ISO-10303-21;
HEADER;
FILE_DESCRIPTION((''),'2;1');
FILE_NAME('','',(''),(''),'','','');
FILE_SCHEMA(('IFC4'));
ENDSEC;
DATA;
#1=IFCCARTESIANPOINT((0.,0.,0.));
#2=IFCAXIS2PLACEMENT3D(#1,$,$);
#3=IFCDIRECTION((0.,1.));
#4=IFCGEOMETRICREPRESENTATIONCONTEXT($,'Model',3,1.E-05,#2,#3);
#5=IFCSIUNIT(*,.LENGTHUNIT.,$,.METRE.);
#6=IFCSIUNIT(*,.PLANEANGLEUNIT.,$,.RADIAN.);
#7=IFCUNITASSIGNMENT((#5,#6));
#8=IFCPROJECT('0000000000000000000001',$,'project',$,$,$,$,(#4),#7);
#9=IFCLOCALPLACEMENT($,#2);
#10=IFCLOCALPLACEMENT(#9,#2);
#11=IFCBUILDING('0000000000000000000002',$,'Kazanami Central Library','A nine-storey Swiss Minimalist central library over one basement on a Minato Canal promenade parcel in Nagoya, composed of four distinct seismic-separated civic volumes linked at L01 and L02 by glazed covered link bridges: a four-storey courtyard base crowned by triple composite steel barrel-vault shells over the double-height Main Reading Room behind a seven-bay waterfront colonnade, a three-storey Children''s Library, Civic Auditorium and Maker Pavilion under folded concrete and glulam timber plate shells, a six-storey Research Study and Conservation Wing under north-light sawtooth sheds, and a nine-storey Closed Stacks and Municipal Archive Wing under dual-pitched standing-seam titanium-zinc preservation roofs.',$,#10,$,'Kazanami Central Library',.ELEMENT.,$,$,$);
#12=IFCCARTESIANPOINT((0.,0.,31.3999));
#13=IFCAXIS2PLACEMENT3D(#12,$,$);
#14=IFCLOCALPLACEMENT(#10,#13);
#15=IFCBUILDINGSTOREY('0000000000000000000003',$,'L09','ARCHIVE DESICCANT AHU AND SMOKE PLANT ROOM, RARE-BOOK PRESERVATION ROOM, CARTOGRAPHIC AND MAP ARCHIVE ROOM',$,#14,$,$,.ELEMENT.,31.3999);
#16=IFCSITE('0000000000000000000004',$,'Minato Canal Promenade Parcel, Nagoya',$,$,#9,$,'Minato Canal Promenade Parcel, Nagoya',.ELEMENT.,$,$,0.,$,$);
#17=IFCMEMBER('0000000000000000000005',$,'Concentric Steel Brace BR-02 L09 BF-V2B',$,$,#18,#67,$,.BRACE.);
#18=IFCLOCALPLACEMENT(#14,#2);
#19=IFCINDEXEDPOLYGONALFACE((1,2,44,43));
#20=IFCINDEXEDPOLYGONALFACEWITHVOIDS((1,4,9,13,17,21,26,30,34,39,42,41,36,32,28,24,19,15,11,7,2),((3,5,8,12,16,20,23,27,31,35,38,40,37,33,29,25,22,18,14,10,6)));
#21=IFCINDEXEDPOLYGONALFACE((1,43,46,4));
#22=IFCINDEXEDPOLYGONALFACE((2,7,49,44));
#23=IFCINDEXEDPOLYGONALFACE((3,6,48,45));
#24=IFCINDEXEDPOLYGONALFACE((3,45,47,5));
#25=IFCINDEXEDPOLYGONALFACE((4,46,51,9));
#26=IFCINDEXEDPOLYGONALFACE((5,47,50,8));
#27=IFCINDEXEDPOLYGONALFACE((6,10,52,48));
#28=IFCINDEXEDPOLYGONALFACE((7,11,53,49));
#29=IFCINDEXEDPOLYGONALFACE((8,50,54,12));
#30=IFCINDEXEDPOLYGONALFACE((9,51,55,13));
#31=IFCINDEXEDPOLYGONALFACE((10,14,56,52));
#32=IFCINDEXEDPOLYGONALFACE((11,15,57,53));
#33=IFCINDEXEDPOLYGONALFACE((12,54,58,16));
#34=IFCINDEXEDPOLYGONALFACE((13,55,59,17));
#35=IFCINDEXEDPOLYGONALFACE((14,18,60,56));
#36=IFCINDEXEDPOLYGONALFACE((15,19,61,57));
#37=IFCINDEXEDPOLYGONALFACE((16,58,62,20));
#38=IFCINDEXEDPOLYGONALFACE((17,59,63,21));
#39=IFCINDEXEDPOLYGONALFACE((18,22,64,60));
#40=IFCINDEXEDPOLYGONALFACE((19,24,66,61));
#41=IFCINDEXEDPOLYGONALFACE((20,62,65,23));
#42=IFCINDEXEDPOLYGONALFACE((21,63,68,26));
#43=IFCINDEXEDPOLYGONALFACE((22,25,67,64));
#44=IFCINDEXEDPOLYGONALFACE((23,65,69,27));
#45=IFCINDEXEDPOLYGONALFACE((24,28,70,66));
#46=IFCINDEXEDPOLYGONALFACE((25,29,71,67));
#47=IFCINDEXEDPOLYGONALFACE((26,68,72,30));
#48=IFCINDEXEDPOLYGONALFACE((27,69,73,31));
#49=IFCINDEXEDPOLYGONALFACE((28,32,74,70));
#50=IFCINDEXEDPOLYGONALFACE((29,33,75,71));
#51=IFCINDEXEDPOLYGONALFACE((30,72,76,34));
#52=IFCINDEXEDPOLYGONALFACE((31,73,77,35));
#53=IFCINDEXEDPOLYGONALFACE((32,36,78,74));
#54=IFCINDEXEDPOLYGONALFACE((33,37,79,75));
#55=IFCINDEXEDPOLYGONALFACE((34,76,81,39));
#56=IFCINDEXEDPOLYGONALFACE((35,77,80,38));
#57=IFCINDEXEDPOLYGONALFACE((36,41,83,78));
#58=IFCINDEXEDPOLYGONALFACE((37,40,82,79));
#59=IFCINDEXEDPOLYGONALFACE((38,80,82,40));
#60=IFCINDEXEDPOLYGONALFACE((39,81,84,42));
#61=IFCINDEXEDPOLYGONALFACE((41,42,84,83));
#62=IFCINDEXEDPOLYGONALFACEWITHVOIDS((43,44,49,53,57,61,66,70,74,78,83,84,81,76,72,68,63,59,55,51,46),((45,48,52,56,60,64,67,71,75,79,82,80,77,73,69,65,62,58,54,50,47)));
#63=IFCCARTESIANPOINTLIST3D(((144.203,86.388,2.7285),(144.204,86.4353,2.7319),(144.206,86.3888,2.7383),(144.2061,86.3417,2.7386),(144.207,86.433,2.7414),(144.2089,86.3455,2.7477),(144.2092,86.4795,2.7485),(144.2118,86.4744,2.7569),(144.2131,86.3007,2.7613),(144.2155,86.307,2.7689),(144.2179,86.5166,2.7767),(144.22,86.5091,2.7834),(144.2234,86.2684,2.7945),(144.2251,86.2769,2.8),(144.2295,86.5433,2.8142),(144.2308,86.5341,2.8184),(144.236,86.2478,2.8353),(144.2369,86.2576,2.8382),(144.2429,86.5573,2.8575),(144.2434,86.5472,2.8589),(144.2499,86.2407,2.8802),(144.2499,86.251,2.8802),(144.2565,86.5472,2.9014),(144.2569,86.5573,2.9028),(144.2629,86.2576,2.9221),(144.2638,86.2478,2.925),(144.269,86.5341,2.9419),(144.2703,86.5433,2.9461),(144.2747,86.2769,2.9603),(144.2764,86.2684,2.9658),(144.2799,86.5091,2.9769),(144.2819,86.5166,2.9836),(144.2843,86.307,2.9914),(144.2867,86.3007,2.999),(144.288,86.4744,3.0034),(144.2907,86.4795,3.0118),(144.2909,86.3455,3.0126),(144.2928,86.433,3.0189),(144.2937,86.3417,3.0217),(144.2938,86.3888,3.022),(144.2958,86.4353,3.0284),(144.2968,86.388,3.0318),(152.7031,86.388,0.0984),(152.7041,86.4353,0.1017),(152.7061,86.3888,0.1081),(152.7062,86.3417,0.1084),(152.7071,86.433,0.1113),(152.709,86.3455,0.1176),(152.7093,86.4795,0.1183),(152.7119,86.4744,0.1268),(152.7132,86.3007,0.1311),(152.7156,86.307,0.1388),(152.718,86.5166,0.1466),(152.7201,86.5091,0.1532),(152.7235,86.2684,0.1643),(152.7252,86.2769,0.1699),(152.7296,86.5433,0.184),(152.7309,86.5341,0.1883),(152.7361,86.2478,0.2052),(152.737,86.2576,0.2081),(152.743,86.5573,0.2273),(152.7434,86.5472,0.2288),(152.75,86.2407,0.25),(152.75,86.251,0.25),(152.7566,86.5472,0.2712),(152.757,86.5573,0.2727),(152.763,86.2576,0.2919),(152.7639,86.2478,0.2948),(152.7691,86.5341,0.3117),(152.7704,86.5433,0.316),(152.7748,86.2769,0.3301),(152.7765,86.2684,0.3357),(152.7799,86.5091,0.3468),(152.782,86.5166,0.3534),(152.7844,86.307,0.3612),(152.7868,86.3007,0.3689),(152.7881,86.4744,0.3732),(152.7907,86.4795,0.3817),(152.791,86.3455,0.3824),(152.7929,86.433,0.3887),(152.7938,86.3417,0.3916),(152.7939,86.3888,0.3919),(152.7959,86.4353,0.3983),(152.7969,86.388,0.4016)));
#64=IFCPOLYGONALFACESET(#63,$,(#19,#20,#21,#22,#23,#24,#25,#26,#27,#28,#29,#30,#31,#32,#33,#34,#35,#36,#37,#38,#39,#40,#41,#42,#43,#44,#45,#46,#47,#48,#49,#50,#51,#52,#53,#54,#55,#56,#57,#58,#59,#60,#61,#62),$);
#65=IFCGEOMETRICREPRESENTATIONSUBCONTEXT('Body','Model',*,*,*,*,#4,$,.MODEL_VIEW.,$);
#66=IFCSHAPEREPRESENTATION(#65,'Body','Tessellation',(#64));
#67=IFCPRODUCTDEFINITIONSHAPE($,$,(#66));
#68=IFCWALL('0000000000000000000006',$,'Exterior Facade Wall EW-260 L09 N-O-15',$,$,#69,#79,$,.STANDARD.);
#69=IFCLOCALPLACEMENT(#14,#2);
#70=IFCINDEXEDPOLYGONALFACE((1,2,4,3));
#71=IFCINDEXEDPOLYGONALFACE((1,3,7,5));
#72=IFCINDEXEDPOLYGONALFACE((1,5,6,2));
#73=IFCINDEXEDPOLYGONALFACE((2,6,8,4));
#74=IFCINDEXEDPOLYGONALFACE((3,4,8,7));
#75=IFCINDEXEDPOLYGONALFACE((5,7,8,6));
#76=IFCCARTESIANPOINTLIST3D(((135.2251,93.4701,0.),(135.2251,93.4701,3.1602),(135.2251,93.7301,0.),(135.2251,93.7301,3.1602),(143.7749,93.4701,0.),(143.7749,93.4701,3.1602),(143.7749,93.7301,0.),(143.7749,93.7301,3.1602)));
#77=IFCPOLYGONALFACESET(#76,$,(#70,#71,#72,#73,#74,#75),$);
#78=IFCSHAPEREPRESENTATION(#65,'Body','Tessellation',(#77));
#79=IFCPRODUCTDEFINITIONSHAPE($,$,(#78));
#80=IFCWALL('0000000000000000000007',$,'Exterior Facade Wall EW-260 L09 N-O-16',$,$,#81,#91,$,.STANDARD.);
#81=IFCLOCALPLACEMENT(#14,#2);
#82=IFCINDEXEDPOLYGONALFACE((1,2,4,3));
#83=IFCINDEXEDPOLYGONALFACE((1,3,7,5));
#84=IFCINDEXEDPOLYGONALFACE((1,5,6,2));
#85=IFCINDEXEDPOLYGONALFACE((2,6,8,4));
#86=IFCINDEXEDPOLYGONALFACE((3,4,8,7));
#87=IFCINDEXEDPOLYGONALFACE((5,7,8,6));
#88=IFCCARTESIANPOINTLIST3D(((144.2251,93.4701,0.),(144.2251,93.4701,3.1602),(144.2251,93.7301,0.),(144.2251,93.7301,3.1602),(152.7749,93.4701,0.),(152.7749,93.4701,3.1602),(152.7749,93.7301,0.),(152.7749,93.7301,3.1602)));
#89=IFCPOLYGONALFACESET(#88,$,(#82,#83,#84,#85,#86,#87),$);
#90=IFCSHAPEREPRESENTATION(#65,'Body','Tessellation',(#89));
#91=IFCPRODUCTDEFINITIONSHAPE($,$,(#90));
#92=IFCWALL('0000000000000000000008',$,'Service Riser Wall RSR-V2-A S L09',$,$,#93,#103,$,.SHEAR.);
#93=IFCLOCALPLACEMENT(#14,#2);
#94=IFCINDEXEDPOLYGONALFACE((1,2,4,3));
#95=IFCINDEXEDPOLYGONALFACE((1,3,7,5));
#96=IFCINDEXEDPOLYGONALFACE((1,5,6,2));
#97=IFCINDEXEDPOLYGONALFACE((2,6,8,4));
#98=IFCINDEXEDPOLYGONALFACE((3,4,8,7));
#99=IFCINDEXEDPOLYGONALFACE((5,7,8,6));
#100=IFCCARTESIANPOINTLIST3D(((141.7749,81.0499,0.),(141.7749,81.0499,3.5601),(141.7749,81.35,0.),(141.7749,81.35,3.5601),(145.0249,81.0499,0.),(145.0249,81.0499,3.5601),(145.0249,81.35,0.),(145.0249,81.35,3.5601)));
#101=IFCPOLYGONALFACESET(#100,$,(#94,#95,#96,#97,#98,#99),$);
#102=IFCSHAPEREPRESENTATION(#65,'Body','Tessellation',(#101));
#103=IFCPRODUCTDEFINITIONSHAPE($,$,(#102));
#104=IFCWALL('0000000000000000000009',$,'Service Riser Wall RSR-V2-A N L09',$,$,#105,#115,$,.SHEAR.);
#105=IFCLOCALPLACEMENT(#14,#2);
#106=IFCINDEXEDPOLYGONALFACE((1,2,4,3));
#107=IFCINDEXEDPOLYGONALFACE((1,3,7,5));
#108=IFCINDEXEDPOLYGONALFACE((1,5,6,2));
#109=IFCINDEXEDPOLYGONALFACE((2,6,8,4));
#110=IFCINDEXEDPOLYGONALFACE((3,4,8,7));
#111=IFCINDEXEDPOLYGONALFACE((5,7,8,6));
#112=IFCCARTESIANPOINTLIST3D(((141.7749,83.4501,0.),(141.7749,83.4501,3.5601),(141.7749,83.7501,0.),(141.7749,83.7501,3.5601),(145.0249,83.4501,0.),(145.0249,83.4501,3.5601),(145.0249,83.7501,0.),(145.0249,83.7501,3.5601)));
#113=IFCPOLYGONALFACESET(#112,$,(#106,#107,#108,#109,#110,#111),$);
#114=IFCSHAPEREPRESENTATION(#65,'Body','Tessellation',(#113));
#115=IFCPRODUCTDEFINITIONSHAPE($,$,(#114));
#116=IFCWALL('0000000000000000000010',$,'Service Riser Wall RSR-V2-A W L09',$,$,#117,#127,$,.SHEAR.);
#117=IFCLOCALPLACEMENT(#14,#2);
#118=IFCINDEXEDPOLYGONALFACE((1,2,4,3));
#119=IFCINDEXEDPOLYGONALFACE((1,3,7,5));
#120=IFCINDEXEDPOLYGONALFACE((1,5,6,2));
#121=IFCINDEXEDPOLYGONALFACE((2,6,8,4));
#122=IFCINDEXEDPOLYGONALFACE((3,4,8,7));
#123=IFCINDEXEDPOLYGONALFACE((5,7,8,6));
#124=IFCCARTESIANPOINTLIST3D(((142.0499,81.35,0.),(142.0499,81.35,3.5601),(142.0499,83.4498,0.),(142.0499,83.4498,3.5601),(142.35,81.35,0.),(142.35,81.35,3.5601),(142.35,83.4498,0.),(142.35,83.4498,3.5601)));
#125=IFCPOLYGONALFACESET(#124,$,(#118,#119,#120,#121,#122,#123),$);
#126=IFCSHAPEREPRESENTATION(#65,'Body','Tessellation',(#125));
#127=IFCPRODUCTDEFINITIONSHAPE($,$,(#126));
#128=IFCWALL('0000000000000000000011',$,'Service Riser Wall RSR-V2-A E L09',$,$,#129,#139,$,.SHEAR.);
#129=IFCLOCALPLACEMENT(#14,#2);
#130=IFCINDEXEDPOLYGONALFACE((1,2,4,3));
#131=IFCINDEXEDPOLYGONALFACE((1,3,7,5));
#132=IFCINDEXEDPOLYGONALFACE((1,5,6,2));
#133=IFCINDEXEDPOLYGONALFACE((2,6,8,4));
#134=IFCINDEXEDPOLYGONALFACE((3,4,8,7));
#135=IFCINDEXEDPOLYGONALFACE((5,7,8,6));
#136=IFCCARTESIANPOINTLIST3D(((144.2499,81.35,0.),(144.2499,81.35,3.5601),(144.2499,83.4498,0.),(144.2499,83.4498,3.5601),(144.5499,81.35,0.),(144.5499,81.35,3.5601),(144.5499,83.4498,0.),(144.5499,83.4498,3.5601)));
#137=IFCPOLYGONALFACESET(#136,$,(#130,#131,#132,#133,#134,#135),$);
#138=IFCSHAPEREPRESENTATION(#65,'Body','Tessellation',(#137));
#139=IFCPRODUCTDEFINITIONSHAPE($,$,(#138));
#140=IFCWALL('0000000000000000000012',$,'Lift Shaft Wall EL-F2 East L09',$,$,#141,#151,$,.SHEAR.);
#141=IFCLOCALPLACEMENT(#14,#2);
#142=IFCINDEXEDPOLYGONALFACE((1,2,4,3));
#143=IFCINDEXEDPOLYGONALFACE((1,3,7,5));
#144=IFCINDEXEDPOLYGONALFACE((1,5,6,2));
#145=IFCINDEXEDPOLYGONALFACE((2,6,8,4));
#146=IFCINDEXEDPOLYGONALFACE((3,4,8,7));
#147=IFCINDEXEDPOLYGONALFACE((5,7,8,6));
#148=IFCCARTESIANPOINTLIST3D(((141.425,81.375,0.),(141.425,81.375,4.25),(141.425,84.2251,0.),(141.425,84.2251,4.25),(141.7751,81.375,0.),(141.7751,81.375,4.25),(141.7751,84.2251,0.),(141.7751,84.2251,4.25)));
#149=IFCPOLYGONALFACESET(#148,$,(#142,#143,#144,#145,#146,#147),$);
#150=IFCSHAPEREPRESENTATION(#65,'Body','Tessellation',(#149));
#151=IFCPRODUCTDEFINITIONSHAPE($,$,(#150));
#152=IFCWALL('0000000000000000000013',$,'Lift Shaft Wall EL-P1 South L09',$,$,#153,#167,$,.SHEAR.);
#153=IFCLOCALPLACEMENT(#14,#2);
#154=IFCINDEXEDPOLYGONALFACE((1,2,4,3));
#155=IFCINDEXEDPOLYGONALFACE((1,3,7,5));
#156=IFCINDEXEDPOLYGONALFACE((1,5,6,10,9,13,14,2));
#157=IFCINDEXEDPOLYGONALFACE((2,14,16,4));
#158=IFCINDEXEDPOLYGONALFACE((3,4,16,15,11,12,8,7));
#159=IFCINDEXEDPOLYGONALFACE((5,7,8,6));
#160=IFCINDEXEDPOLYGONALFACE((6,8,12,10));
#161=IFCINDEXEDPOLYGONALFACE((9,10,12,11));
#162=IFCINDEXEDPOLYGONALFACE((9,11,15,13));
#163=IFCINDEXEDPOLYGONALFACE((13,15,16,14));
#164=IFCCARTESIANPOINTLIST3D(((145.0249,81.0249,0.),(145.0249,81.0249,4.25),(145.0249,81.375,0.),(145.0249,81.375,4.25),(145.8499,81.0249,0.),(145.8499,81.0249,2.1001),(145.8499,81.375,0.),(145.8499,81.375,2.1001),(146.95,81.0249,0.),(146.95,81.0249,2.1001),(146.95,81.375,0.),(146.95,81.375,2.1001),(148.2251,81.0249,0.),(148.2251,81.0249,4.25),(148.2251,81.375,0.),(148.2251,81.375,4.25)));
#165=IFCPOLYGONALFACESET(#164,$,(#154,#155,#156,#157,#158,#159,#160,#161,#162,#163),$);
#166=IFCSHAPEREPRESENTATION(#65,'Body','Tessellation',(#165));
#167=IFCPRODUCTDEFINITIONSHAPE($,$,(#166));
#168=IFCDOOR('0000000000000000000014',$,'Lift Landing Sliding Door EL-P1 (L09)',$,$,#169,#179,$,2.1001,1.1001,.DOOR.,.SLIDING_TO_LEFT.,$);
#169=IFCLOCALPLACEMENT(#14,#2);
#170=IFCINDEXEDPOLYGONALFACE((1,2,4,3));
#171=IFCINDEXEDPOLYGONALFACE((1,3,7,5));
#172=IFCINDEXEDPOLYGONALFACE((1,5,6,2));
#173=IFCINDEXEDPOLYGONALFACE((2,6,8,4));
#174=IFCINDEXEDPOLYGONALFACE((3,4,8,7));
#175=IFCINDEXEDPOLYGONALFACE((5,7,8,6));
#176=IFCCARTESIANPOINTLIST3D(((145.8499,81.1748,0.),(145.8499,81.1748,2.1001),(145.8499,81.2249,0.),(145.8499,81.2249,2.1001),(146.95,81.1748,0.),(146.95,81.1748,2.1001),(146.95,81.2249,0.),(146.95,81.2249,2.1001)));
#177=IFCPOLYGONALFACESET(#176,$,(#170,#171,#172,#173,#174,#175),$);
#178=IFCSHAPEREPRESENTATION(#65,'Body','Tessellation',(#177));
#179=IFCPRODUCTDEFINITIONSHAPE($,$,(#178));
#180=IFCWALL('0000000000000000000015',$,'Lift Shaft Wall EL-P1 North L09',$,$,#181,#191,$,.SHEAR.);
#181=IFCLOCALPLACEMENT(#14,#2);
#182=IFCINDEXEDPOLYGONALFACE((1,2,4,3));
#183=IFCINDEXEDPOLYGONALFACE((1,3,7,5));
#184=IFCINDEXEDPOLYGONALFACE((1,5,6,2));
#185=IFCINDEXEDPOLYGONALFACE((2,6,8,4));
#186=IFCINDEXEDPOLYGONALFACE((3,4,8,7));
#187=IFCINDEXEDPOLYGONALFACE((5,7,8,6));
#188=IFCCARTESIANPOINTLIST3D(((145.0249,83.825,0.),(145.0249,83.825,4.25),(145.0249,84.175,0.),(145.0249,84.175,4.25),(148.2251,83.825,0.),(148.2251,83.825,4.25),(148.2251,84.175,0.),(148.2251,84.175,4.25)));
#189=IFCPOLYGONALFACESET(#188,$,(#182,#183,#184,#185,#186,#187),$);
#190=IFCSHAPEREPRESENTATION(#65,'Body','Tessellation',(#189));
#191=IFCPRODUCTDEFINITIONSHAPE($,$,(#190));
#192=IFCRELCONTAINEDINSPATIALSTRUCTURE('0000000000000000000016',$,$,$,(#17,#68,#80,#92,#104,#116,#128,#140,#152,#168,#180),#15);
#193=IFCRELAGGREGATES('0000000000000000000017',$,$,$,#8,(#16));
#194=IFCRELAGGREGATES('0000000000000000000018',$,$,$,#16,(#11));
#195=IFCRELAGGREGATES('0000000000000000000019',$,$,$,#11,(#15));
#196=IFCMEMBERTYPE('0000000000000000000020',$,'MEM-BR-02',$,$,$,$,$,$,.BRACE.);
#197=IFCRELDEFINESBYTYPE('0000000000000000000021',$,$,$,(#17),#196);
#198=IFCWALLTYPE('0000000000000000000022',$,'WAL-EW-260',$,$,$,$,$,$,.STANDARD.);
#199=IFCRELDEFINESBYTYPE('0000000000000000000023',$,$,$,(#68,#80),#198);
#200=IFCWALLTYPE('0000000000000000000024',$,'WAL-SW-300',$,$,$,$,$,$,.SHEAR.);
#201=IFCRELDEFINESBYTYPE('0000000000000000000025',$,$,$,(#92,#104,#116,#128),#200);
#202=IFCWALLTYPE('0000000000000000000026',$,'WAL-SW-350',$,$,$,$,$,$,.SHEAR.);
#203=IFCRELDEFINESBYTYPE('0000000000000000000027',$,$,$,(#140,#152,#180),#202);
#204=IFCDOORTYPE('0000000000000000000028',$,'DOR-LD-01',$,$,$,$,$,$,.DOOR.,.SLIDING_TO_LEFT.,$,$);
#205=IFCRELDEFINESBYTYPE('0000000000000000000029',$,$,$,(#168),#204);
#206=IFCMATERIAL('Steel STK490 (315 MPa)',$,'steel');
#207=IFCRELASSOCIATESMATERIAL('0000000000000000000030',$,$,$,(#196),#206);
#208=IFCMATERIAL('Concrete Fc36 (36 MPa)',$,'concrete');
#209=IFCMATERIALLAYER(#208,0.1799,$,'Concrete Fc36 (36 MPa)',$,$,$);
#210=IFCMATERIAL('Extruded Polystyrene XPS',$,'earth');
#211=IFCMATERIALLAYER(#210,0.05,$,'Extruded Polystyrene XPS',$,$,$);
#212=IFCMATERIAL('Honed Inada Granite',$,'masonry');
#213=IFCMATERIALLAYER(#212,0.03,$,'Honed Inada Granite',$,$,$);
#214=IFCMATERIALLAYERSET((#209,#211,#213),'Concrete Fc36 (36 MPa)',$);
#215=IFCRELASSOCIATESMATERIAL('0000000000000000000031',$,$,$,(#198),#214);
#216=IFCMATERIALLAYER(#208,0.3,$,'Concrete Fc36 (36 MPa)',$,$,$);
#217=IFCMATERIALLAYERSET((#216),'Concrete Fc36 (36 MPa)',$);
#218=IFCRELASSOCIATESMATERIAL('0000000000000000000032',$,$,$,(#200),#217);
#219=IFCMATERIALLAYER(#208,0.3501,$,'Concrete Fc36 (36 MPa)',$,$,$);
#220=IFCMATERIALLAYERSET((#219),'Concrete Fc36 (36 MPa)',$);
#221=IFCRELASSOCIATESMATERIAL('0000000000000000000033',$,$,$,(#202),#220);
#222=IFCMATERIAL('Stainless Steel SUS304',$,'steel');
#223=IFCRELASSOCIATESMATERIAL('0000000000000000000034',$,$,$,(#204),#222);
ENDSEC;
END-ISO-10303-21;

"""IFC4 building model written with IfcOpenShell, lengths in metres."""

from ifc_helpers import new_model, si_unit, direction, frame, frame_2d, origin, origin_2d, place, context, subcontext, project, spatial, rectangle, hollow_circle, extrude, material, layer, layer_set, material_profile, profile_set, type_object, element, fill, save


model = new_model("IFC4")

# Units and contexts
model_context = context("Model", 3, precision=1e-05, world=origin(), true_north=direction((0.0, 1.0)))
body_context = subcontext(model_context, "Body", "Model", "MODEL_VIEW")
ifc_project = project(units=[si_unit("LENGTHUNIT", "METRE"), si_unit("PLANEANGLEUNIT", "RADIAN")], contexts=[model_context])

# Site, building, storey
site_placement = place(None, origin())
site = spatial("IfcSite", under=ifc_project, at=site_placement, Name="Minato Canal Promenade Parcel, Nagoya", LongName="Minato Canal Promenade Parcel, Nagoya", CompositionType="ELEMENT", RefElevation=0.0)
building_placement = place(site_placement, origin())
building = spatial("IfcBuilding", under=site, at=building_placement, Name="Kazanami Central Library", Description="A nine-storey Swiss Minimalist central library over one basement on a Minato Canal promenade parcel in Nagoya, composed of four distinct seismic-separated civic volumes linked at L01 and L02 by glazed covered link bridges: a four-storey courtyard base crowned by triple composite steel barrel-vault shells over the double-height Main Reading Room behind a seven-bay waterfront colonnade, a three-storey Children's Library, Civic Auditorium and Maker Pavilion under folded concrete and glulam timber plate shells, a six-storey Research Study and Conservation Wing under north-light sawtooth sheds, and a nine-storey Closed Stacks and Municipal Archive Wing under dual-pitched standing-seam titanium-zinc preservation roofs.", LongName="Kazanami Central Library", CompositionType="ELEMENT")
storey_placement = place(building_placement, frame((0.0, 0.0, 31.3999)))
storey = spatial("IfcBuildingStorey", under=building, at=storey_placement, Name="L09", Description="ARCHIVE DESICCANT AHU AND SMOKE PLANT ROOM, RARE-BOOK PRESERVATION ROOM, CARTOGRAPHIC AND MAP ARCHIVE ROOM", CompositionType="ELEMENT", Elevation=31.3999)

# Member
ifc_material_1 = material(Name="Steel STK490 (315 MPa)", Category="steel")
ifc_material_profile_1 = material_profile(ifc_material_1, hollow_circle(Radius=0.1592, WallThickness=0.0103, at=origin_2d()), Name="CHS-318.5x10.3")
ifc_profile_set_1 = profile_set([ifc_material_profile_1], Name="Steel STK490 (315 MPa)")
member_type = type_object("IfcMemberType", Name="MEM-BR-02", PredefinedType="BRACE", material=ifc_profile_set_1)
member_placement = place(storey_placement, frame((152.75, 86.3999, 0.25), z_axis=(-0.955312, 0.0, 0.295599), x_axis=(0.0, -1.0, 0.0)))
element("IfcMember", 1, at=member_placement, inside=storey, type_object=member_type, Name="Concentric Steel Brace BR-02 L09 BF-V2B", PredefinedType="BRACE", context=body_context, shape_type="SweptSolid", body=[
    extrude(hollow_circle(Radius=0.1592, WallThickness=0.0103, at=origin_2d()), origin(), (0.0, 0.0, 1.0), 8.8977),
])

# Walls
ifc_material_2 = material(Name="Concrete Fc36 (36 MPa)", Category="concrete")
ifc_layer_1 = layer(ifc_material_2, 0.1799, Name="Concrete Fc36 (36 MPa)")
ifc_material_3 = material(Name="Extruded Polystyrene XPS", Category="earth")
ifc_layer_2 = layer(ifc_material_3, 0.05, Name="Extruded Polystyrene XPS")
ifc_material_4 = material(Name="Honed Inada Granite", Category="masonry")
ifc_layer_3 = layer(ifc_material_4, 0.03, Name="Honed Inada Granite")
ifc_layer_set_1 = layer_set([ifc_layer_1, ifc_layer_2, ifc_layer_3], Name="Concrete Fc36 (36 MPa)")
wall_type_1 = type_object("IfcWallType", Name="WAL-EW-260", PredefinedType="STANDARD", material=ifc_layer_set_1)
for number, where, z_axis, x_axis, name in (
    (2, (143.7749, 93.6001, 0.0), (0.0, 0.0, 1.0), (-1.0, 0.0, 0.0), "Exterior Facade Wall EW-260 L09 N-O-15"),
    (3, (152.7749, 93.6001, 0.0), (0.0, 0.0, 1.0), (-1.0, 0.0, 0.0), "Exterior Facade Wall EW-260 L09 N-O-16"),
):
    element("IfcWall", number, at=place(storey_placement, frame(where, z_axis=z_axis, x_axis=x_axis)), inside=storey, type_object=wall_type_1, Name=name, PredefinedType="STANDARD", context=body_context, shape_type="SweptSolid", body=[
        extrude(rectangle(XDim=8.5498, YDim=0.26, at=frame_2d((4.2749, 0.0))), origin(), (0.0, 0.0, 1.0), 3.1602),
    ])
ifc_layer_4 = layer(ifc_material_2, 0.3, Name="Concrete Fc36 (36 MPa)")
ifc_layer_set_2 = layer_set([ifc_layer_4], Name="Concrete Fc36 (36 MPa)")
wall_type_2 = type_object("IfcWallType", Name="WAL-SW-300", PredefinedType="SHEAR", material=ifc_layer_set_2)
for number, where, z_axis, x_axis, name in (
    (4, (141.7749, 81.2, 0.0), (0.0, 0.0, 1.0), (1.0, 0.0, 0.0), "Service Riser Wall RSR-V2-A S L09"),
    (5, (141.7749, 83.6001, 0.0), (0.0, 0.0, 1.0), (1.0, 0.0, 0.0), "Service Riser Wall RSR-V2-A N L09"),
):
    element("IfcWall", number, at=place(storey_placement, frame(where, z_axis=z_axis, x_axis=x_axis)), inside=storey, type_object=wall_type_2, Name=name, PredefinedType="SHEAR", context=body_context, shape_type="SweptSolid", body=[
        extrude(rectangle(XDim=3.25, YDim=0.3, at=frame_2d((1.625, 0.0))), origin(), (0.0, 0.0, 1.0), 3.5601),
    ])
for number, where, z_axis, x_axis, name in (
    (6, (142.2, 81.3501, 0.0), (0.0, 0.0, 1.0), (0.0, 1.0, 0.0), "Service Riser Wall RSR-V2-A W L09"),
    (7, (144.3999, 81.3501, 0.0), (0.0, 0.0, 1.0), (0.0, 1.0, 0.0), "Service Riser Wall RSR-V2-A E L09"),
):
    element("IfcWall", number, at=place(storey_placement, frame(where, z_axis=z_axis, x_axis=x_axis)), inside=storey, type_object=wall_type_2, Name=name, PredefinedType="SHEAR", context=body_context, shape_type="SweptSolid", body=[
        extrude(rectangle(XDim=2.0999, YDim=0.3, at=frame_2d((1.0498, 0.0))), origin(), (0.0, 0.0, 1.0), 3.5601),
    ])
ifc_layer_5 = layer(ifc_material_2, 0.3501, Name="Concrete Fc36 (36 MPa)")
ifc_layer_set_3 = layer_set([ifc_layer_5], Name="Concrete Fc36 (36 MPa)")
wall_type_3 = type_object("IfcWallType", Name="WAL-SW-350", PredefinedType="SHEAR", material=ifc_layer_set_3)
wall_1_placement = place(storey_placement, frame((141.6001, 81.375, 0.0), z_axis=(0.0, 0.0, 1.0), x_axis=(0.0, 1.0, 0.0)))
element("IfcWall", 8, at=wall_1_placement, inside=storey, type_object=wall_type_3, Name="Lift Shaft Wall EL-F2 East L09", PredefinedType="SHEAR", context=body_context, shape_type="SweptSolid", body=[
    extrude(rectangle(XDim=2.8501, YDim=0.3501, at=frame_2d((1.425, 0.0))), origin(), (0.0, 0.0, 1.0), 4.25),
])

# Wall, opening, door
wall_2_placement = place(storey_placement, frame((145.0249, 81.2, 0.0), z_axis=(0.0, 0.0, 1.0), x_axis=(1.0, 0.0, 0.0)))
wall_2 = element("IfcWall", 9, at=wall_2_placement, inside=storey, type_object=wall_type_3, Name="Lift Shaft Wall EL-P1 South L09", PredefinedType="SHEAR", context=body_context, shape_type="SweptSolid", body=[
    extrude(rectangle(XDim=3.2002, YDim=0.3501, at=frame_2d((1.6001, 0.0))), origin(), (0.0, 0.0, 1.0), 4.25),
])
opening_1_placement = place(wall_2_placement, frame((0.825, 0.0, 0.0)))
opening_1 = element("IfcOpeningElement", 10, at=opening_1_placement, cuts=wall_2, PredefinedType="OPENING", context=body_context, shape_type="SweptSolid", body=[
    extrude(rectangle(XDim=1.1001, YDim=2.1001, at=frame_2d((0.55, 1.05))), frame((0.0, 0.187, 0.0), z_axis=(0.0, -1.0, 0.0), x_axis=(1.0, 0.0, 0.0)), (0.0, 0.0, 1.0), 0.374),
])
ifc_material_5 = material(Name="Stainless Steel SUS304", Category="steel")
door_type_1 = type_object("IfcDoorType", Name="DOR-LD-01", OperationType="SLIDING_TO_LEFT", PredefinedType="DOOR", material=ifc_material_5)
door_1_placement = place(opening_1_placement, origin())
door_1 = element("IfcDoor", 11, at=door_1_placement, inside=storey, type_object=door_type_1, Name="Lift Landing Sliding Door EL-P1 (L09)", OperationType="SLIDING_TO_LEFT", OverallHeight=2.1001, OverallWidth=1.1001, PredefinedType="DOOR", context=body_context, shape_type="SweptSolid", body=[
    extrude(rectangle(XDim=1.1001, YDim=2.1001, at=frame_2d((0.55, 1.05))), frame((0.0, 0.0249, 0.0), z_axis=(0.0, -1.0, 0.0), x_axis=(1.0, 0.0, 0.0)), (0.0, 0.0, 1.0), 0.05),
])
fill(opening_1, door_1)

# Wall
wall_3_placement = place(storey_placement, frame((145.0249, 84.0, 0.0), z_axis=(0.0, 0.0, 1.0), x_axis=(1.0, 0.0, 0.0)))
element("IfcWall", 12, at=wall_3_placement, inside=storey, type_object=wall_type_3, Name="Lift Shaft Wall EL-P1 North L09", PredefinedType="SHEAR", context=body_context, shape_type="SweptSolid", body=[
    extrude(rectangle(XDim=3.2002, YDim=0.3501, at=frame_2d((1.6001, 0.0))), origin(), (0.0, 0.0, 1.0), 4.25),
])

save(model, "model.ifc")
